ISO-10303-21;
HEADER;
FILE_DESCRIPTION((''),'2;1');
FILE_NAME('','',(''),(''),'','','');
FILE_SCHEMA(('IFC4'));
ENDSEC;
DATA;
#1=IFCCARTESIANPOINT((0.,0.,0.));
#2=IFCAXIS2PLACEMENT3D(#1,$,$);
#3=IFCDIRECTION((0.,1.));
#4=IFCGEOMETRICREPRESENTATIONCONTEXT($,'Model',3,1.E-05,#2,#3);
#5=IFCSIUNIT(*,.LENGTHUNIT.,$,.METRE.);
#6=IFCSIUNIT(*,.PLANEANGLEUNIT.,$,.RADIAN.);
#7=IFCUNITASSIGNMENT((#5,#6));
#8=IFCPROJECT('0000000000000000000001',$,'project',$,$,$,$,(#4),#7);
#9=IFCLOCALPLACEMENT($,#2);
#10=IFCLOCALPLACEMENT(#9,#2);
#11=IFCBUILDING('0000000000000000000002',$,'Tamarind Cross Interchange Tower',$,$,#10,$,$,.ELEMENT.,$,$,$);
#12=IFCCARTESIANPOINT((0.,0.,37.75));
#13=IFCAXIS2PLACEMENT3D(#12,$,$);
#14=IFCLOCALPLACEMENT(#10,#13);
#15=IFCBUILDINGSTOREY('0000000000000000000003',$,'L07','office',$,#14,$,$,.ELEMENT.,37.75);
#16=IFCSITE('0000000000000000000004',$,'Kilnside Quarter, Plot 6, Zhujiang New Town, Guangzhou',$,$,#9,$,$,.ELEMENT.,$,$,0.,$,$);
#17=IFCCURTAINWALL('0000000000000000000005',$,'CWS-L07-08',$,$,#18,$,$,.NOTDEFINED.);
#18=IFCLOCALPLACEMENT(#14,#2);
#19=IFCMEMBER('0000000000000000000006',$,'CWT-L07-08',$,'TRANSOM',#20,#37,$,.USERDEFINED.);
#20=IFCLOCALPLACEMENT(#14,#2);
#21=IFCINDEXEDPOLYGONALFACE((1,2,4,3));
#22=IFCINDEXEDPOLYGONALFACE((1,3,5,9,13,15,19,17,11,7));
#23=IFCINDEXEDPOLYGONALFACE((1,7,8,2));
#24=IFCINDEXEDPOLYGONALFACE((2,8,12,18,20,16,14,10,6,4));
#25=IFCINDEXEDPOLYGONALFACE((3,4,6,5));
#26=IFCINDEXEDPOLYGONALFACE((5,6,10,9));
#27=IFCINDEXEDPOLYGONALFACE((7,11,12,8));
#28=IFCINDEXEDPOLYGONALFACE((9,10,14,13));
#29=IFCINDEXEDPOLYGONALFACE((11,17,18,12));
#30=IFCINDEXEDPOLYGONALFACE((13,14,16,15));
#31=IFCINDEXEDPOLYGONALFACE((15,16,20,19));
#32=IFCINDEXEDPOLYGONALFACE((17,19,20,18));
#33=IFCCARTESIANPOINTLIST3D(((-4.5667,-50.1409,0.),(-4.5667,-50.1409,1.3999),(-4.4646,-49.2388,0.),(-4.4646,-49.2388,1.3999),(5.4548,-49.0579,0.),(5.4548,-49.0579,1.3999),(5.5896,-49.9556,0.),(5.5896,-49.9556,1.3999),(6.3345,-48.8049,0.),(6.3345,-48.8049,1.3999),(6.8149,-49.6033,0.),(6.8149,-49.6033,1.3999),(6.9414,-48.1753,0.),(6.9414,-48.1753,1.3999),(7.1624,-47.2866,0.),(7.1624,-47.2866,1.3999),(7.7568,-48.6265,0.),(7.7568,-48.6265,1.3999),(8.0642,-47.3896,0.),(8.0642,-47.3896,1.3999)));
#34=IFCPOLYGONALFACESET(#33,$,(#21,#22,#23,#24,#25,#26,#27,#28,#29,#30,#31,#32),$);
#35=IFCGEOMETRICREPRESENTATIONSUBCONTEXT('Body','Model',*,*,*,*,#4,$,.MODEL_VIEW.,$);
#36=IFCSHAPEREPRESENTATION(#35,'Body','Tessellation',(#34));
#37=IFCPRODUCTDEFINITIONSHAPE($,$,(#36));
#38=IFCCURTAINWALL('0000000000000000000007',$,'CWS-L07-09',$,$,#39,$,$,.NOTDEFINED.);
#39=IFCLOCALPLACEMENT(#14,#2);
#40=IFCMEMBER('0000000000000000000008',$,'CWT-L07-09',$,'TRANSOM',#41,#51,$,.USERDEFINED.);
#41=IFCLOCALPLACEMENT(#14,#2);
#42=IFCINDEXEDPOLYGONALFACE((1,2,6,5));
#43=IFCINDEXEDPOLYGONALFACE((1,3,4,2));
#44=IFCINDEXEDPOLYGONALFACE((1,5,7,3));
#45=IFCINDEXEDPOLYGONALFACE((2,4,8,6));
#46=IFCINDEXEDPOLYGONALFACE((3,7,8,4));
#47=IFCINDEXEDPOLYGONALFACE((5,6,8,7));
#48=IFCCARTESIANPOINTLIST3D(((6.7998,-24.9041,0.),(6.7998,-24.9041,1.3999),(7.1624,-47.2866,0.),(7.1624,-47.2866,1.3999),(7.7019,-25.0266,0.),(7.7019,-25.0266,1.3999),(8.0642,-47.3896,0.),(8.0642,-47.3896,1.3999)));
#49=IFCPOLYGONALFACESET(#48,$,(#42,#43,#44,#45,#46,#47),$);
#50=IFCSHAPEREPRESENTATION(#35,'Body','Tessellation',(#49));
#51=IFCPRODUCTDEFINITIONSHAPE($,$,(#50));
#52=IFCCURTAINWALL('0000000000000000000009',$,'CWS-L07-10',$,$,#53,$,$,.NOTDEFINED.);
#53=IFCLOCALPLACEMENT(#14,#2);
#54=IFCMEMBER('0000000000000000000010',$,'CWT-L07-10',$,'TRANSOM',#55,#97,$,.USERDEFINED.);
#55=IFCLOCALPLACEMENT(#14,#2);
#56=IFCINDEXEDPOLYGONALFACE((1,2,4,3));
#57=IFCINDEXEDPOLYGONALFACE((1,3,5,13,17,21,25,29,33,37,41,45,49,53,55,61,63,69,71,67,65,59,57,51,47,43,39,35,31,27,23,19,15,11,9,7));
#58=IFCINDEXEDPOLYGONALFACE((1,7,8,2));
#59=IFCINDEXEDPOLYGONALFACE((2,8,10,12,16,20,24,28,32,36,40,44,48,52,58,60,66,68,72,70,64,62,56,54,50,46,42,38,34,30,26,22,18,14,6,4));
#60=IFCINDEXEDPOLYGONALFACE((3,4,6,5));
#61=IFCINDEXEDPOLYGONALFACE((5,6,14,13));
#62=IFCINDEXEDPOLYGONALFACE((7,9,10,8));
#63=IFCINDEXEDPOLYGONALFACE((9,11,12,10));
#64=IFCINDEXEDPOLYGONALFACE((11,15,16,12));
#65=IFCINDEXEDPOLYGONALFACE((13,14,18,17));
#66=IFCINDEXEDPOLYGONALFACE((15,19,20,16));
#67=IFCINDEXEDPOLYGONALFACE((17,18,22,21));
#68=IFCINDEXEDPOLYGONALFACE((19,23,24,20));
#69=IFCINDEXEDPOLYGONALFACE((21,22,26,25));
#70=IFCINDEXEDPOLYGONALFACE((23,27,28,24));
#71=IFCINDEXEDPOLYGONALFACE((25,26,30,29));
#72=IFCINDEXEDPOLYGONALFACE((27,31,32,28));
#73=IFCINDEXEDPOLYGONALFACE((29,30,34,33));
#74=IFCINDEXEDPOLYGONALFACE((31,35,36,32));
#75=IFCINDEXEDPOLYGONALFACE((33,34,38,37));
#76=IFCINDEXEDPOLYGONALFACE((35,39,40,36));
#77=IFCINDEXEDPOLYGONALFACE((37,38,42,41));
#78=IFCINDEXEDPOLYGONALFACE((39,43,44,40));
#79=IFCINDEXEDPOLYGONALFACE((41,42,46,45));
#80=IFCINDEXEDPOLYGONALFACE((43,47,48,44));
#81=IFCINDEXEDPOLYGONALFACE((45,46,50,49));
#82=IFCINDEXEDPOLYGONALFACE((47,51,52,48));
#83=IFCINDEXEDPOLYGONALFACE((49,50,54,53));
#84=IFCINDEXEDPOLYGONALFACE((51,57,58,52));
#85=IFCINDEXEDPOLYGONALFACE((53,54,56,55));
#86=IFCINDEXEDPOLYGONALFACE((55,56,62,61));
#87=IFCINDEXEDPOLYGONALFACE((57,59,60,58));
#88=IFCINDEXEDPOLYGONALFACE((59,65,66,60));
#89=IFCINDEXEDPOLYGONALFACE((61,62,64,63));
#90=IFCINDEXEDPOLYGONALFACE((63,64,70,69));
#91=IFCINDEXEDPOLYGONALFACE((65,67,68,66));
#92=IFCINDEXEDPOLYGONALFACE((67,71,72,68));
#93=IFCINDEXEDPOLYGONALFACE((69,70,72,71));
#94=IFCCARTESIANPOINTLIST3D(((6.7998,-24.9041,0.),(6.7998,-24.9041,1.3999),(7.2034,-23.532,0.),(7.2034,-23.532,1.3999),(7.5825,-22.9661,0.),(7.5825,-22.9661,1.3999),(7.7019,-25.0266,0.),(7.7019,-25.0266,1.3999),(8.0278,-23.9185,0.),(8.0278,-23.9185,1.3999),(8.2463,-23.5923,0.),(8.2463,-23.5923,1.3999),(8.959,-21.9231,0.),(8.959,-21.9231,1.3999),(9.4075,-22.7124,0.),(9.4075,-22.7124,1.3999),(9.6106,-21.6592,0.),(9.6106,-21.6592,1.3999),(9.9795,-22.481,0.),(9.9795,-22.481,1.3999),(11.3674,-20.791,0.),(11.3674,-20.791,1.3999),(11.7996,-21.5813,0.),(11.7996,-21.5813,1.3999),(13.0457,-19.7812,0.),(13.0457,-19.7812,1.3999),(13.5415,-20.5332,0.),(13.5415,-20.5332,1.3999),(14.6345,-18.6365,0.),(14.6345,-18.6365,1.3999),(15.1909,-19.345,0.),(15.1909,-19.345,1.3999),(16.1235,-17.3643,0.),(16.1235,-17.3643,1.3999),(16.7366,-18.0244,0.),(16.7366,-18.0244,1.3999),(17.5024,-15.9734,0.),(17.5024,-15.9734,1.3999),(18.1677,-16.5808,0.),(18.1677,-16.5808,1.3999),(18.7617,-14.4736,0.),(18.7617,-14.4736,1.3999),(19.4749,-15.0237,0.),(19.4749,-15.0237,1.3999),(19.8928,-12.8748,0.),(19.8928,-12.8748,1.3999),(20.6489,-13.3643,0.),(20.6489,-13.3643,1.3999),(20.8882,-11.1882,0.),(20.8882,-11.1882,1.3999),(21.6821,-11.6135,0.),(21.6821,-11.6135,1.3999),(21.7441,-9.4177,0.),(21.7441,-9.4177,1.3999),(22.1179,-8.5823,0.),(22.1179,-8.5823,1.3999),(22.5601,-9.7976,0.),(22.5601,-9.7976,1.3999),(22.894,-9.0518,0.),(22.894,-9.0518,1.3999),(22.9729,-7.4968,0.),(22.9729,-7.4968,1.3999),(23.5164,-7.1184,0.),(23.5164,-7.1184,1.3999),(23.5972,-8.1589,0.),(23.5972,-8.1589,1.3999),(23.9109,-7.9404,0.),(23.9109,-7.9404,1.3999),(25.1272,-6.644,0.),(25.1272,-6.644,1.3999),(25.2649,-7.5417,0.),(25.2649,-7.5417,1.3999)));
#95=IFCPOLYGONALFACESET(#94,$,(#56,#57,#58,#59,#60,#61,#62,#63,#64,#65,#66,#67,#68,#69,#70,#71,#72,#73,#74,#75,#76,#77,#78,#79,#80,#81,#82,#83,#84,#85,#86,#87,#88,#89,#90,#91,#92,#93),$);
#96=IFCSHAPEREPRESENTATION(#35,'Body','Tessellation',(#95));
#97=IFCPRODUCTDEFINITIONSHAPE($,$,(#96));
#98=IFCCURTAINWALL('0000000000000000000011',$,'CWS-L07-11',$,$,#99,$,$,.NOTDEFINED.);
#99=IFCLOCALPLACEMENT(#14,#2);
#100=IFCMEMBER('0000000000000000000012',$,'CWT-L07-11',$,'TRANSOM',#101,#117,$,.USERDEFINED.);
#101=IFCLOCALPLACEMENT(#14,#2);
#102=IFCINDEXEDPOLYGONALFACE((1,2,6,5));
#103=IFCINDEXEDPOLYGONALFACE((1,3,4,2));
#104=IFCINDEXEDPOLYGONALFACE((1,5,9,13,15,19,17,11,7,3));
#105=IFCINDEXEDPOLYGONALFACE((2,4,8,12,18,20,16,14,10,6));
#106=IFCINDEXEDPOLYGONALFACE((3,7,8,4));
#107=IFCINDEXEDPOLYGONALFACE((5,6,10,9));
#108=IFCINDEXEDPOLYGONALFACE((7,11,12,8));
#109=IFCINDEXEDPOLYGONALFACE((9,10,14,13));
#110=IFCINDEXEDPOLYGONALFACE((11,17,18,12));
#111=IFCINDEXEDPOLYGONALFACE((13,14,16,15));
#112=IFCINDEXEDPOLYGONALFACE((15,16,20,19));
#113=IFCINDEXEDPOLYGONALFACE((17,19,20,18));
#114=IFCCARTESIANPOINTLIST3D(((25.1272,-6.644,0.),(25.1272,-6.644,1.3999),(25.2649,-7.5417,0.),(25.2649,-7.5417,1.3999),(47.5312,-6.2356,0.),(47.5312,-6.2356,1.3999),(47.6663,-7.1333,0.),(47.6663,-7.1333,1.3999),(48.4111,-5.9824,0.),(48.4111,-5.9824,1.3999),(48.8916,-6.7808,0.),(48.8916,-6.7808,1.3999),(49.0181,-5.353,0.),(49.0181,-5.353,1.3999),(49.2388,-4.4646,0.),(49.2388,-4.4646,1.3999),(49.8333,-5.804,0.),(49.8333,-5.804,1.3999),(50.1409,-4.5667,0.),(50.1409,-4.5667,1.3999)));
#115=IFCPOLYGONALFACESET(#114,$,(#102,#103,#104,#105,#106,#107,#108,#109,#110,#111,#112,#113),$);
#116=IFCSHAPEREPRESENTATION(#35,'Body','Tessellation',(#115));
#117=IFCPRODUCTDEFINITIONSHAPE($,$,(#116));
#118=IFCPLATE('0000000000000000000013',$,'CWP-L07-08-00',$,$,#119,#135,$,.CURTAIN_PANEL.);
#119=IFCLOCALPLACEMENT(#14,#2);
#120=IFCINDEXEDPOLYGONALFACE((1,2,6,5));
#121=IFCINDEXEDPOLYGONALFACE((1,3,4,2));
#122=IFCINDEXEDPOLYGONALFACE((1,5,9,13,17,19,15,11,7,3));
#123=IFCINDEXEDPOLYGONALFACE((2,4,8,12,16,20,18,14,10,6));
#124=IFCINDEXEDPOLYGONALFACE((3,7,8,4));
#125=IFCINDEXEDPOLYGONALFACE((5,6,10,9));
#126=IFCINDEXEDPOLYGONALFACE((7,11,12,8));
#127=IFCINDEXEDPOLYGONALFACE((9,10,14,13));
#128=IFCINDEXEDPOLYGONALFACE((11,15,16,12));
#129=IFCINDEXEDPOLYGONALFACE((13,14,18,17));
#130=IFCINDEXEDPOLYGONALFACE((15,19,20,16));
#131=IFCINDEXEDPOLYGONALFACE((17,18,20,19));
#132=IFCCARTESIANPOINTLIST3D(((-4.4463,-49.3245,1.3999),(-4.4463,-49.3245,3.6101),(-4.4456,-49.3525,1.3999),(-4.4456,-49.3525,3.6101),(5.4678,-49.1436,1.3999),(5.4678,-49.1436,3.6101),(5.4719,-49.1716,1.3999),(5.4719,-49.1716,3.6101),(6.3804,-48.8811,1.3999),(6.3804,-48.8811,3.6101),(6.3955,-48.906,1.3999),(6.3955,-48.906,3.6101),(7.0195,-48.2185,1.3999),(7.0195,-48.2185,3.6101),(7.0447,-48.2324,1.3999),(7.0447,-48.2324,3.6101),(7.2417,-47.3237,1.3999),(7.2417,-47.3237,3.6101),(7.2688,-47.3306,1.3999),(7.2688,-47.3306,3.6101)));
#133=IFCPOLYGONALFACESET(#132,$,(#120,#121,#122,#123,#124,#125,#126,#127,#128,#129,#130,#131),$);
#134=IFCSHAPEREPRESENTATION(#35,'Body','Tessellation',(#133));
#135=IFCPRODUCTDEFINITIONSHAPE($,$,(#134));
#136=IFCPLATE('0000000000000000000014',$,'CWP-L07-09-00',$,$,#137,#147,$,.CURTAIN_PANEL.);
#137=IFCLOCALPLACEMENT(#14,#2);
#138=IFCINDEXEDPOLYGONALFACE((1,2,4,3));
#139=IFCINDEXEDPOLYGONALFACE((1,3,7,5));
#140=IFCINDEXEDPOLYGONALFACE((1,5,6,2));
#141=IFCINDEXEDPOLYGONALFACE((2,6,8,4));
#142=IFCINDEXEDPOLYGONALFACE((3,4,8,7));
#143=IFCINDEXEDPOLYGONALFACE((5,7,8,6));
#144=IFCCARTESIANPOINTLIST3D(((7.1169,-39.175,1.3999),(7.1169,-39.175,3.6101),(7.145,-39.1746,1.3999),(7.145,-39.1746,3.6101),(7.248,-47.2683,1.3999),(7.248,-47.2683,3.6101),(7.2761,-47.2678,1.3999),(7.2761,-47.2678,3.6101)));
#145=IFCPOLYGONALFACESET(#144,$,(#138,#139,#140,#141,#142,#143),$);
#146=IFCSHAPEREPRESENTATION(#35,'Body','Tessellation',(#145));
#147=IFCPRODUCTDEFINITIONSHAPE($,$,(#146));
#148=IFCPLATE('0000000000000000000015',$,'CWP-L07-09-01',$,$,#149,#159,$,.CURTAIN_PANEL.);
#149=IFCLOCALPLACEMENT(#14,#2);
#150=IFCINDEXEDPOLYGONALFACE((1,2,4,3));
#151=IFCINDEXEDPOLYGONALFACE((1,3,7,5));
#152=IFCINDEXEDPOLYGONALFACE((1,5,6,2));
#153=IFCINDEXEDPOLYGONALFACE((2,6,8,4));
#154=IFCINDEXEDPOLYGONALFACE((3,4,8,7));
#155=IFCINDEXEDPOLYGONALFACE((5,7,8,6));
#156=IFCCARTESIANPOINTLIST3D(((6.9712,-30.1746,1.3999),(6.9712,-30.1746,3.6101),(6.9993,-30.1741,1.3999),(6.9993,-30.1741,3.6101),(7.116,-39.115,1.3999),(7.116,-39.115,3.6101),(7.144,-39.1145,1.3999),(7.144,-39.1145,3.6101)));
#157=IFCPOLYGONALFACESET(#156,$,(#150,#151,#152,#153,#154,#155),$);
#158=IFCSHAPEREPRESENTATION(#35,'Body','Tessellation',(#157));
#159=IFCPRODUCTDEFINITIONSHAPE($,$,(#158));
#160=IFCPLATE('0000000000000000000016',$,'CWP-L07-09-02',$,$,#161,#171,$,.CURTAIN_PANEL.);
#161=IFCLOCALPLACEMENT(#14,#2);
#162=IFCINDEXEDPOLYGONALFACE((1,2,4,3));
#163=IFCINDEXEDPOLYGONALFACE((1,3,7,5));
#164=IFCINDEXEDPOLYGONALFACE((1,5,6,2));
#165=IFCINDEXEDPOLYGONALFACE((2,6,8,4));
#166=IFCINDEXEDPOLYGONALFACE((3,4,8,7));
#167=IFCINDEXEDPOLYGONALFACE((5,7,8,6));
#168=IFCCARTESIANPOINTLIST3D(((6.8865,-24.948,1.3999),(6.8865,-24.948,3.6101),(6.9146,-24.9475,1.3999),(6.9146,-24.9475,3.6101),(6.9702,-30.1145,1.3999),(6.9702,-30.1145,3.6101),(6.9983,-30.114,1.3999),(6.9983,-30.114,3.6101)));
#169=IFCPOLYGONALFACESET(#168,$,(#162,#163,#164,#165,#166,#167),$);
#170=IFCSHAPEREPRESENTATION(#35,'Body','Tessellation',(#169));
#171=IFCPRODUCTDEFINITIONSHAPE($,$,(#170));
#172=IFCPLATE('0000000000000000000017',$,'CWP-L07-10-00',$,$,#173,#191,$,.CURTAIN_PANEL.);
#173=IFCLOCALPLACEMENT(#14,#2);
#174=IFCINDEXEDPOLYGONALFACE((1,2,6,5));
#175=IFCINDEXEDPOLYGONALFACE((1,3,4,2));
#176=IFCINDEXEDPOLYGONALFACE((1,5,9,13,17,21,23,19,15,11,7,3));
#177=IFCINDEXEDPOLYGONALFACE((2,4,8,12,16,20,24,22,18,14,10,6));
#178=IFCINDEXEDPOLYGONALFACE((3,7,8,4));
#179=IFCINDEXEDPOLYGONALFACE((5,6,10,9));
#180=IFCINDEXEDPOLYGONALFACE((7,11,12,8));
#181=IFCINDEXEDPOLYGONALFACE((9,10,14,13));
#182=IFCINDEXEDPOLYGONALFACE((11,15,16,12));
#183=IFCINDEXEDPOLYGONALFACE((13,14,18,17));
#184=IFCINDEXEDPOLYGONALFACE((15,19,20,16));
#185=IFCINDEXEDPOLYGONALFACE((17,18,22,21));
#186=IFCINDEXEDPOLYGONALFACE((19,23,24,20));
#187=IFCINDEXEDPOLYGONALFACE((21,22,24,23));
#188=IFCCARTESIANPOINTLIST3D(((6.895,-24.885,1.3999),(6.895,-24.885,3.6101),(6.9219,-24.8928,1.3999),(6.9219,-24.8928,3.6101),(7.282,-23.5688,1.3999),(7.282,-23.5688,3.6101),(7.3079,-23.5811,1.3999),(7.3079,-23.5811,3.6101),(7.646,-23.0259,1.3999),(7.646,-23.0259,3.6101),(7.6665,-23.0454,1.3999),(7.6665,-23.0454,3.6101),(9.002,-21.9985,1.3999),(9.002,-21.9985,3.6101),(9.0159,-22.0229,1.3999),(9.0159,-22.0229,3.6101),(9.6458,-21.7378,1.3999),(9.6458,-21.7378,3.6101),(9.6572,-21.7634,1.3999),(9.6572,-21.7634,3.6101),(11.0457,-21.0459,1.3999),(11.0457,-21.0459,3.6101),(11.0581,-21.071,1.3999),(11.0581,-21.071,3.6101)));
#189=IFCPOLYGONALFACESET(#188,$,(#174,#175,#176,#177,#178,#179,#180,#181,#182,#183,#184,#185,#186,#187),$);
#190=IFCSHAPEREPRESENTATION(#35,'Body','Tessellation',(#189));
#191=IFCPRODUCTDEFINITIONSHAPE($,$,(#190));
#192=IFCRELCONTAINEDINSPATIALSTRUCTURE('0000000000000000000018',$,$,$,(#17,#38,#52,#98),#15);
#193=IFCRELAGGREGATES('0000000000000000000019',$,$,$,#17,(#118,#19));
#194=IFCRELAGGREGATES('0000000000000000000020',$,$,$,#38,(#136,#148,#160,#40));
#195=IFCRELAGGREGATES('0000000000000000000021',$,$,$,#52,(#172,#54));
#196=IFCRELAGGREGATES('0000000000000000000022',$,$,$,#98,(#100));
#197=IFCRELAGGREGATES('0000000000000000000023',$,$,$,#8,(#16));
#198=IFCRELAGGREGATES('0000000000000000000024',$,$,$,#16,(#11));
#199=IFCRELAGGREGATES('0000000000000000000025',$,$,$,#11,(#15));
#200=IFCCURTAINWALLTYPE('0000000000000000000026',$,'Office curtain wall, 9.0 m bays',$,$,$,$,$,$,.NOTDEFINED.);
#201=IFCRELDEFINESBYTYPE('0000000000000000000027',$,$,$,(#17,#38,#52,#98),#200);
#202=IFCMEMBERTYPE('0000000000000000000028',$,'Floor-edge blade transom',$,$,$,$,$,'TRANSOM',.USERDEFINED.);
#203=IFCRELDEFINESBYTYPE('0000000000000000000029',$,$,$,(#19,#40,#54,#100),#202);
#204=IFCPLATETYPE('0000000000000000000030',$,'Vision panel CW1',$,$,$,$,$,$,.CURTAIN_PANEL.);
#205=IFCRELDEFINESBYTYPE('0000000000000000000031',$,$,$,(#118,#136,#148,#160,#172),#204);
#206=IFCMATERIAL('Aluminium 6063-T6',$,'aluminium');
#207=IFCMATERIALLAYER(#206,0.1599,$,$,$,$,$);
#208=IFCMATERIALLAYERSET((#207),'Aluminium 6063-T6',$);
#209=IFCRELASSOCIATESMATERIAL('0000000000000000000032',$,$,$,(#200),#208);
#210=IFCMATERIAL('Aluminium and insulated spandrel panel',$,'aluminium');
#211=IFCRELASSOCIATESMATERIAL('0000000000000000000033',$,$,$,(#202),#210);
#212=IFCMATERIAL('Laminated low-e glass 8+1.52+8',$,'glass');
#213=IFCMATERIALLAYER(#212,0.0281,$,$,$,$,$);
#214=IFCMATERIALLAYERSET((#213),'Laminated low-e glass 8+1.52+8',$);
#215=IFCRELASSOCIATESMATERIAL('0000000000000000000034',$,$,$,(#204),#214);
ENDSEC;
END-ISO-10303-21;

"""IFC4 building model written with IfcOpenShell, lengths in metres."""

from ifc_helpers import new_model, si_unit, direction, frame, origin, place, context, subcontext, project, spatial, polyline, outline, extrude, material, layer, layer_set, type_object, element, aggregate, save


model = new_model("IFC4")

# Units and contexts
model_context = context("Model", 3, precision=1e-05, world=origin(), true_north=direction((0.0, 1.0)))
body_context = subcontext(model_context, "Body", "Model", "MODEL_VIEW")
ifc_project = project(units=[si_unit("LENGTHUNIT", "METRE"), si_unit("PLANEANGLEUNIT", "RADIAN")], contexts=[model_context])

# Site, building, storey
site_placement = place(None, origin())
site = spatial("IfcSite", under=ifc_project, at=site_placement, Name="Kilnside Quarter, Plot 6, Zhujiang New Town, Guangzhou", CompositionType="ELEMENT", RefElevation=0.0)
building_placement = place(site_placement, origin())
building = spatial("IfcBuilding", under=site, at=building_placement, Name="Tamarind Cross Interchange Tower", CompositionType="ELEMENT")
storey_placement = place(building_placement, frame((0.0, 0.0, 37.75)))
storey = spatial("IfcBuildingStorey", under=building, at=storey_placement, Name="L07", Description="office", CompositionType="ELEMENT", Elevation=37.75)

# Curtain walls, members
ifc_material_1 = material(Name="Aluminium 6063-T6", Category="aluminium")
ifc_layer_1 = layer(ifc_material_1, 0.1599)
ifc_layer_set_1 = layer_set([ifc_layer_1], Name="Aluminium 6063-T6")
curtain_wall_type = type_object("IfcCurtainWallType", Name="Office curtain wall, 9.0 m bays", PredefinedType="NOTDEFINED", material=ifc_layer_set_1)
curtain_wall_1_placement = place(storey_placement, origin())
curtain_wall_1 = element("IfcCurtainWall", 1, at=curtain_wall_1_placement, inside=storey, type_object=curtain_wall_type, Name="CWS-L07-08", PredefinedType="NOTDEFINED")
ifc_material_2 = material(Name="Aluminium and insulated spandrel panel", Category="aluminium")
member_type = type_object("IfcMemberType", Name="Floor-edge blade transom", ElementType="TRANSOM", PredefinedType="USERDEFINED", material=ifc_material_2)
member_1_placement = place(storey_placement, origin())
member_1 = element("IfcMember", 2, at=member_1_placement, type_object=member_type, Name="CWT-L07-08", ObjectType="TRANSOM", PredefinedType="USERDEFINED", context=body_context, shape_type="SweptSolid", body=[
    extrude(outline(polyline([(-4.4646, -49.2388), (5.4548, -49.0579), (6.3345, -48.8049), (6.9414, -48.1753), (7.1624, -47.2866), (8.0642, -47.3896), (7.7568, -48.6265), (6.8149, -49.6033), (5.5896, -49.9556), (-4.5667, -50.1409), (-4.4646, -49.2388)])), origin(), (0.0, 0.0, 1.0), 1.3999),
])
curtain_wall_2_placement = place(storey_placement, origin())
curtain_wall_2 = element("IfcCurtainWall", 3, at=curtain_wall_2_placement, inside=storey, type_object=curtain_wall_type, Name="CWS-L07-09", PredefinedType="NOTDEFINED")
member_2_placement = place(storey_placement, origin())
member_2 = element("IfcMember", 4, at=member_2_placement, type_object=member_type, Name="CWT-L07-09", ObjectType="TRANSOM", PredefinedType="USERDEFINED", context=body_context, shape_type="SweptSolid", body=[
    extrude(outline(polyline([(7.1624, -47.2866), (6.7998, -24.9041), (7.7019, -25.0266), (8.0642, -47.3896), (7.1624, -47.2866)])), origin(), (0.0, 0.0, 1.0), 1.3999),
])
curtain_wall_3_placement = place(storey_placement, origin())
curtain_wall_3 = element("IfcCurtainWall", 5, at=curtain_wall_3_placement, inside=storey, type_object=curtain_wall_type, Name="CWS-L07-10", PredefinedType="NOTDEFINED")
member_3_placement = place(storey_placement, origin())
member_3 = element("IfcMember", 6, at=member_3_placement, type_object=member_type, Name="CWT-L07-10", ObjectType="TRANSOM", PredefinedType="USERDEFINED", context=body_context, shape_type="SweptSolid", body=[
    extrude(outline(polyline([(6.7998, -24.9041), (7.2034, -23.532), (7.5825, -22.9661), (8.959, -21.9231), (9.6106, -21.6592), (11.3674, -20.791), (13.0457, -19.7812), (14.6345, -18.6365), (16.1235, -17.3643), (17.5024, -15.9734), (18.7617, -14.4736), (19.8928, -12.8748), (20.8882, -11.1882), (21.7441, -9.4177), (22.1179, -8.5823), (22.9729, -7.4968), (23.5164, -7.1184), (25.1272, -6.644), (25.2649, -7.5417), (23.9109, -7.9404), (23.5972, -8.1589), (22.894, -9.0518), (22.5601, -9.7976), (21.6821, -11.6135), (20.6489, -13.3643), (19.4749, -15.0237), (18.1677, -16.5808), (16.7366, -18.0244), (15.1909, -19.345), (13.5415, -20.5332), (11.7996, -21.5813), (9.9795, -22.481), (9.4075, -22.7124), (8.2463, -23.5923), (8.0278, -23.9185), (7.7019, -25.0266), (6.7998, -24.9041)])), origin(), (0.0, 0.0, 1.0), 1.3999),
])
curtain_wall_4_placement = place(storey_placement, origin())
curtain_wall_4 = element("IfcCurtainWall", 7, at=curtain_wall_4_placement, inside=storey, type_object=curtain_wall_type, Name="CWS-L07-11", PredefinedType="NOTDEFINED")
member_4_placement = place(storey_placement, origin())
member_4 = element("IfcMember", 8, at=member_4_placement, type_object=member_type, Name="CWT-L07-11", ObjectType="TRANSOM", PredefinedType="USERDEFINED", context=body_context, shape_type="SweptSolid", body=[
    extrude(outline(polyline([(25.1272, -6.644), (47.5312, -6.2356), (48.4111, -5.9824), (49.0181, -5.353), (49.2388, -4.4646), (50.1409, -4.5667), (49.8333, -5.804), (48.8916, -6.7808), (47.6663, -7.1333), (25.2649, -7.5417), (25.1272, -6.644)])), origin(), (0.0, 0.0, 1.0), 1.3999),
])

# Plates
ifc_material_3 = material(Name="Laminated low-e glass 8+1.52+8", Category="glass")
ifc_layer_2 = layer(ifc_material_3, 0.0281)
ifc_layer_set_2 = layer_set([ifc_layer_2], Name="Laminated low-e glass 8+1.52+8")
plate_type = type_object("IfcPlateType", Name="Vision panel CW1", PredefinedType="CURTAIN_PANEL", material=ifc_layer_set_2)
plate_1_placement = place(storey_placement, frame((0.0, 0.0, 1.3999)))
plate_1 = element("IfcPlate", 9, at=plate_1_placement, type_object=plate_type, Name="CWP-L07-08-00", PredefinedType="CURTAIN_PANEL", context=body_context, shape_type="SweptSolid", body=[
    extrude(outline(polyline([(-4.4463, -49.3245), (5.4678, -49.1436), (6.3804, -48.8811), (7.0195, -48.2185), (7.2417, -47.3237), (7.2688, -47.3306), (7.0447, -48.2324), (6.3955, -48.906), (5.4719, -49.1716), (-4.4456, -49.3525), (-4.4463, -49.3245)])), origin(), (0.0, 0.0, 1.0), 2.2102),
])
aggregate(curtain_wall_1, [plate_1, member_1])
plate_2_placement = place(storey_placement, frame((0.0, 0.0, 1.3999)))
plate_2 = element("IfcPlate", 10, at=plate_2_placement, type_object=plate_type, Name="CWP-L07-09-00", PredefinedType="CURTAIN_PANEL", context=body_context, shape_type="SweptSolid", body=[
    extrude(outline(polyline([(7.248, -47.2683), (7.1169, -39.175), (7.145, -39.1746), (7.2761, -47.2678), (7.248, -47.2683)])), origin(), (0.0, 0.0, 1.0), 2.2102),
])
plate_3_placement = place(storey_placement, frame((0.0, 0.0, 1.3999)))
plate_3 = element("IfcPlate", 11, at=plate_3_placement, type_object=plate_type, Name="CWP-L07-09-01", PredefinedType="CURTAIN_PANEL", context=body_context, shape_type="SweptSolid", body=[
    extrude(outline(polyline([(7.116, -39.115), (6.9712, -30.1746), (6.9993, -30.1741), (7.144, -39.1145), (7.116, -39.115)])), origin(), (0.0, 0.0, 1.0), 2.2102),
])
plate_4_placement = place(storey_placement, frame((0.0, 0.0, 1.3999)))
plate_4 = element("IfcPlate", 12, at=plate_4_placement, type_object=plate_type, Name="CWP-L07-09-02", PredefinedType="CURTAIN_PANEL", context=body_context, shape_type="SweptSolid", body=[
    extrude(outline(polyline([(6.9702, -30.1145), (6.8865, -24.948), (6.9146, -24.9475), (6.9983, -30.114), (6.9702, -30.1145)])), origin(), (0.0, 0.0, 1.0), 2.2102),
])
aggregate(curtain_wall_2, [plate_2, plate_3, plate_4, member_2])
plate_5_placement = place(storey_placement, frame((0.0, 0.0, 1.3999)))
plate_5 = element("IfcPlate", 13, at=plate_5_placement, type_object=plate_type, Name="CWP-L07-10-00", PredefinedType="CURTAIN_PANEL", context=body_context, shape_type="SweptSolid", body=[
    extrude(outline(polyline([(6.895, -24.885), (7.282, -23.5688), (7.646, -23.0259), (9.002, -21.9985), (9.6458, -21.7378), (11.0457, -21.0459), (11.0581, -21.071), (9.6572, -21.7634), (9.0159, -22.0229), (7.6665, -23.0454), (7.3079, -23.5811), (6.9219, -24.8928), (6.895, -24.885)])), origin(), (0.0, 0.0, 1.0), 2.2102),
])
aggregate(curtain_wall_3, [plate_5, member_3])
aggregate(curtain_wall_4, [member_4])

save(model, "model.ifc")
